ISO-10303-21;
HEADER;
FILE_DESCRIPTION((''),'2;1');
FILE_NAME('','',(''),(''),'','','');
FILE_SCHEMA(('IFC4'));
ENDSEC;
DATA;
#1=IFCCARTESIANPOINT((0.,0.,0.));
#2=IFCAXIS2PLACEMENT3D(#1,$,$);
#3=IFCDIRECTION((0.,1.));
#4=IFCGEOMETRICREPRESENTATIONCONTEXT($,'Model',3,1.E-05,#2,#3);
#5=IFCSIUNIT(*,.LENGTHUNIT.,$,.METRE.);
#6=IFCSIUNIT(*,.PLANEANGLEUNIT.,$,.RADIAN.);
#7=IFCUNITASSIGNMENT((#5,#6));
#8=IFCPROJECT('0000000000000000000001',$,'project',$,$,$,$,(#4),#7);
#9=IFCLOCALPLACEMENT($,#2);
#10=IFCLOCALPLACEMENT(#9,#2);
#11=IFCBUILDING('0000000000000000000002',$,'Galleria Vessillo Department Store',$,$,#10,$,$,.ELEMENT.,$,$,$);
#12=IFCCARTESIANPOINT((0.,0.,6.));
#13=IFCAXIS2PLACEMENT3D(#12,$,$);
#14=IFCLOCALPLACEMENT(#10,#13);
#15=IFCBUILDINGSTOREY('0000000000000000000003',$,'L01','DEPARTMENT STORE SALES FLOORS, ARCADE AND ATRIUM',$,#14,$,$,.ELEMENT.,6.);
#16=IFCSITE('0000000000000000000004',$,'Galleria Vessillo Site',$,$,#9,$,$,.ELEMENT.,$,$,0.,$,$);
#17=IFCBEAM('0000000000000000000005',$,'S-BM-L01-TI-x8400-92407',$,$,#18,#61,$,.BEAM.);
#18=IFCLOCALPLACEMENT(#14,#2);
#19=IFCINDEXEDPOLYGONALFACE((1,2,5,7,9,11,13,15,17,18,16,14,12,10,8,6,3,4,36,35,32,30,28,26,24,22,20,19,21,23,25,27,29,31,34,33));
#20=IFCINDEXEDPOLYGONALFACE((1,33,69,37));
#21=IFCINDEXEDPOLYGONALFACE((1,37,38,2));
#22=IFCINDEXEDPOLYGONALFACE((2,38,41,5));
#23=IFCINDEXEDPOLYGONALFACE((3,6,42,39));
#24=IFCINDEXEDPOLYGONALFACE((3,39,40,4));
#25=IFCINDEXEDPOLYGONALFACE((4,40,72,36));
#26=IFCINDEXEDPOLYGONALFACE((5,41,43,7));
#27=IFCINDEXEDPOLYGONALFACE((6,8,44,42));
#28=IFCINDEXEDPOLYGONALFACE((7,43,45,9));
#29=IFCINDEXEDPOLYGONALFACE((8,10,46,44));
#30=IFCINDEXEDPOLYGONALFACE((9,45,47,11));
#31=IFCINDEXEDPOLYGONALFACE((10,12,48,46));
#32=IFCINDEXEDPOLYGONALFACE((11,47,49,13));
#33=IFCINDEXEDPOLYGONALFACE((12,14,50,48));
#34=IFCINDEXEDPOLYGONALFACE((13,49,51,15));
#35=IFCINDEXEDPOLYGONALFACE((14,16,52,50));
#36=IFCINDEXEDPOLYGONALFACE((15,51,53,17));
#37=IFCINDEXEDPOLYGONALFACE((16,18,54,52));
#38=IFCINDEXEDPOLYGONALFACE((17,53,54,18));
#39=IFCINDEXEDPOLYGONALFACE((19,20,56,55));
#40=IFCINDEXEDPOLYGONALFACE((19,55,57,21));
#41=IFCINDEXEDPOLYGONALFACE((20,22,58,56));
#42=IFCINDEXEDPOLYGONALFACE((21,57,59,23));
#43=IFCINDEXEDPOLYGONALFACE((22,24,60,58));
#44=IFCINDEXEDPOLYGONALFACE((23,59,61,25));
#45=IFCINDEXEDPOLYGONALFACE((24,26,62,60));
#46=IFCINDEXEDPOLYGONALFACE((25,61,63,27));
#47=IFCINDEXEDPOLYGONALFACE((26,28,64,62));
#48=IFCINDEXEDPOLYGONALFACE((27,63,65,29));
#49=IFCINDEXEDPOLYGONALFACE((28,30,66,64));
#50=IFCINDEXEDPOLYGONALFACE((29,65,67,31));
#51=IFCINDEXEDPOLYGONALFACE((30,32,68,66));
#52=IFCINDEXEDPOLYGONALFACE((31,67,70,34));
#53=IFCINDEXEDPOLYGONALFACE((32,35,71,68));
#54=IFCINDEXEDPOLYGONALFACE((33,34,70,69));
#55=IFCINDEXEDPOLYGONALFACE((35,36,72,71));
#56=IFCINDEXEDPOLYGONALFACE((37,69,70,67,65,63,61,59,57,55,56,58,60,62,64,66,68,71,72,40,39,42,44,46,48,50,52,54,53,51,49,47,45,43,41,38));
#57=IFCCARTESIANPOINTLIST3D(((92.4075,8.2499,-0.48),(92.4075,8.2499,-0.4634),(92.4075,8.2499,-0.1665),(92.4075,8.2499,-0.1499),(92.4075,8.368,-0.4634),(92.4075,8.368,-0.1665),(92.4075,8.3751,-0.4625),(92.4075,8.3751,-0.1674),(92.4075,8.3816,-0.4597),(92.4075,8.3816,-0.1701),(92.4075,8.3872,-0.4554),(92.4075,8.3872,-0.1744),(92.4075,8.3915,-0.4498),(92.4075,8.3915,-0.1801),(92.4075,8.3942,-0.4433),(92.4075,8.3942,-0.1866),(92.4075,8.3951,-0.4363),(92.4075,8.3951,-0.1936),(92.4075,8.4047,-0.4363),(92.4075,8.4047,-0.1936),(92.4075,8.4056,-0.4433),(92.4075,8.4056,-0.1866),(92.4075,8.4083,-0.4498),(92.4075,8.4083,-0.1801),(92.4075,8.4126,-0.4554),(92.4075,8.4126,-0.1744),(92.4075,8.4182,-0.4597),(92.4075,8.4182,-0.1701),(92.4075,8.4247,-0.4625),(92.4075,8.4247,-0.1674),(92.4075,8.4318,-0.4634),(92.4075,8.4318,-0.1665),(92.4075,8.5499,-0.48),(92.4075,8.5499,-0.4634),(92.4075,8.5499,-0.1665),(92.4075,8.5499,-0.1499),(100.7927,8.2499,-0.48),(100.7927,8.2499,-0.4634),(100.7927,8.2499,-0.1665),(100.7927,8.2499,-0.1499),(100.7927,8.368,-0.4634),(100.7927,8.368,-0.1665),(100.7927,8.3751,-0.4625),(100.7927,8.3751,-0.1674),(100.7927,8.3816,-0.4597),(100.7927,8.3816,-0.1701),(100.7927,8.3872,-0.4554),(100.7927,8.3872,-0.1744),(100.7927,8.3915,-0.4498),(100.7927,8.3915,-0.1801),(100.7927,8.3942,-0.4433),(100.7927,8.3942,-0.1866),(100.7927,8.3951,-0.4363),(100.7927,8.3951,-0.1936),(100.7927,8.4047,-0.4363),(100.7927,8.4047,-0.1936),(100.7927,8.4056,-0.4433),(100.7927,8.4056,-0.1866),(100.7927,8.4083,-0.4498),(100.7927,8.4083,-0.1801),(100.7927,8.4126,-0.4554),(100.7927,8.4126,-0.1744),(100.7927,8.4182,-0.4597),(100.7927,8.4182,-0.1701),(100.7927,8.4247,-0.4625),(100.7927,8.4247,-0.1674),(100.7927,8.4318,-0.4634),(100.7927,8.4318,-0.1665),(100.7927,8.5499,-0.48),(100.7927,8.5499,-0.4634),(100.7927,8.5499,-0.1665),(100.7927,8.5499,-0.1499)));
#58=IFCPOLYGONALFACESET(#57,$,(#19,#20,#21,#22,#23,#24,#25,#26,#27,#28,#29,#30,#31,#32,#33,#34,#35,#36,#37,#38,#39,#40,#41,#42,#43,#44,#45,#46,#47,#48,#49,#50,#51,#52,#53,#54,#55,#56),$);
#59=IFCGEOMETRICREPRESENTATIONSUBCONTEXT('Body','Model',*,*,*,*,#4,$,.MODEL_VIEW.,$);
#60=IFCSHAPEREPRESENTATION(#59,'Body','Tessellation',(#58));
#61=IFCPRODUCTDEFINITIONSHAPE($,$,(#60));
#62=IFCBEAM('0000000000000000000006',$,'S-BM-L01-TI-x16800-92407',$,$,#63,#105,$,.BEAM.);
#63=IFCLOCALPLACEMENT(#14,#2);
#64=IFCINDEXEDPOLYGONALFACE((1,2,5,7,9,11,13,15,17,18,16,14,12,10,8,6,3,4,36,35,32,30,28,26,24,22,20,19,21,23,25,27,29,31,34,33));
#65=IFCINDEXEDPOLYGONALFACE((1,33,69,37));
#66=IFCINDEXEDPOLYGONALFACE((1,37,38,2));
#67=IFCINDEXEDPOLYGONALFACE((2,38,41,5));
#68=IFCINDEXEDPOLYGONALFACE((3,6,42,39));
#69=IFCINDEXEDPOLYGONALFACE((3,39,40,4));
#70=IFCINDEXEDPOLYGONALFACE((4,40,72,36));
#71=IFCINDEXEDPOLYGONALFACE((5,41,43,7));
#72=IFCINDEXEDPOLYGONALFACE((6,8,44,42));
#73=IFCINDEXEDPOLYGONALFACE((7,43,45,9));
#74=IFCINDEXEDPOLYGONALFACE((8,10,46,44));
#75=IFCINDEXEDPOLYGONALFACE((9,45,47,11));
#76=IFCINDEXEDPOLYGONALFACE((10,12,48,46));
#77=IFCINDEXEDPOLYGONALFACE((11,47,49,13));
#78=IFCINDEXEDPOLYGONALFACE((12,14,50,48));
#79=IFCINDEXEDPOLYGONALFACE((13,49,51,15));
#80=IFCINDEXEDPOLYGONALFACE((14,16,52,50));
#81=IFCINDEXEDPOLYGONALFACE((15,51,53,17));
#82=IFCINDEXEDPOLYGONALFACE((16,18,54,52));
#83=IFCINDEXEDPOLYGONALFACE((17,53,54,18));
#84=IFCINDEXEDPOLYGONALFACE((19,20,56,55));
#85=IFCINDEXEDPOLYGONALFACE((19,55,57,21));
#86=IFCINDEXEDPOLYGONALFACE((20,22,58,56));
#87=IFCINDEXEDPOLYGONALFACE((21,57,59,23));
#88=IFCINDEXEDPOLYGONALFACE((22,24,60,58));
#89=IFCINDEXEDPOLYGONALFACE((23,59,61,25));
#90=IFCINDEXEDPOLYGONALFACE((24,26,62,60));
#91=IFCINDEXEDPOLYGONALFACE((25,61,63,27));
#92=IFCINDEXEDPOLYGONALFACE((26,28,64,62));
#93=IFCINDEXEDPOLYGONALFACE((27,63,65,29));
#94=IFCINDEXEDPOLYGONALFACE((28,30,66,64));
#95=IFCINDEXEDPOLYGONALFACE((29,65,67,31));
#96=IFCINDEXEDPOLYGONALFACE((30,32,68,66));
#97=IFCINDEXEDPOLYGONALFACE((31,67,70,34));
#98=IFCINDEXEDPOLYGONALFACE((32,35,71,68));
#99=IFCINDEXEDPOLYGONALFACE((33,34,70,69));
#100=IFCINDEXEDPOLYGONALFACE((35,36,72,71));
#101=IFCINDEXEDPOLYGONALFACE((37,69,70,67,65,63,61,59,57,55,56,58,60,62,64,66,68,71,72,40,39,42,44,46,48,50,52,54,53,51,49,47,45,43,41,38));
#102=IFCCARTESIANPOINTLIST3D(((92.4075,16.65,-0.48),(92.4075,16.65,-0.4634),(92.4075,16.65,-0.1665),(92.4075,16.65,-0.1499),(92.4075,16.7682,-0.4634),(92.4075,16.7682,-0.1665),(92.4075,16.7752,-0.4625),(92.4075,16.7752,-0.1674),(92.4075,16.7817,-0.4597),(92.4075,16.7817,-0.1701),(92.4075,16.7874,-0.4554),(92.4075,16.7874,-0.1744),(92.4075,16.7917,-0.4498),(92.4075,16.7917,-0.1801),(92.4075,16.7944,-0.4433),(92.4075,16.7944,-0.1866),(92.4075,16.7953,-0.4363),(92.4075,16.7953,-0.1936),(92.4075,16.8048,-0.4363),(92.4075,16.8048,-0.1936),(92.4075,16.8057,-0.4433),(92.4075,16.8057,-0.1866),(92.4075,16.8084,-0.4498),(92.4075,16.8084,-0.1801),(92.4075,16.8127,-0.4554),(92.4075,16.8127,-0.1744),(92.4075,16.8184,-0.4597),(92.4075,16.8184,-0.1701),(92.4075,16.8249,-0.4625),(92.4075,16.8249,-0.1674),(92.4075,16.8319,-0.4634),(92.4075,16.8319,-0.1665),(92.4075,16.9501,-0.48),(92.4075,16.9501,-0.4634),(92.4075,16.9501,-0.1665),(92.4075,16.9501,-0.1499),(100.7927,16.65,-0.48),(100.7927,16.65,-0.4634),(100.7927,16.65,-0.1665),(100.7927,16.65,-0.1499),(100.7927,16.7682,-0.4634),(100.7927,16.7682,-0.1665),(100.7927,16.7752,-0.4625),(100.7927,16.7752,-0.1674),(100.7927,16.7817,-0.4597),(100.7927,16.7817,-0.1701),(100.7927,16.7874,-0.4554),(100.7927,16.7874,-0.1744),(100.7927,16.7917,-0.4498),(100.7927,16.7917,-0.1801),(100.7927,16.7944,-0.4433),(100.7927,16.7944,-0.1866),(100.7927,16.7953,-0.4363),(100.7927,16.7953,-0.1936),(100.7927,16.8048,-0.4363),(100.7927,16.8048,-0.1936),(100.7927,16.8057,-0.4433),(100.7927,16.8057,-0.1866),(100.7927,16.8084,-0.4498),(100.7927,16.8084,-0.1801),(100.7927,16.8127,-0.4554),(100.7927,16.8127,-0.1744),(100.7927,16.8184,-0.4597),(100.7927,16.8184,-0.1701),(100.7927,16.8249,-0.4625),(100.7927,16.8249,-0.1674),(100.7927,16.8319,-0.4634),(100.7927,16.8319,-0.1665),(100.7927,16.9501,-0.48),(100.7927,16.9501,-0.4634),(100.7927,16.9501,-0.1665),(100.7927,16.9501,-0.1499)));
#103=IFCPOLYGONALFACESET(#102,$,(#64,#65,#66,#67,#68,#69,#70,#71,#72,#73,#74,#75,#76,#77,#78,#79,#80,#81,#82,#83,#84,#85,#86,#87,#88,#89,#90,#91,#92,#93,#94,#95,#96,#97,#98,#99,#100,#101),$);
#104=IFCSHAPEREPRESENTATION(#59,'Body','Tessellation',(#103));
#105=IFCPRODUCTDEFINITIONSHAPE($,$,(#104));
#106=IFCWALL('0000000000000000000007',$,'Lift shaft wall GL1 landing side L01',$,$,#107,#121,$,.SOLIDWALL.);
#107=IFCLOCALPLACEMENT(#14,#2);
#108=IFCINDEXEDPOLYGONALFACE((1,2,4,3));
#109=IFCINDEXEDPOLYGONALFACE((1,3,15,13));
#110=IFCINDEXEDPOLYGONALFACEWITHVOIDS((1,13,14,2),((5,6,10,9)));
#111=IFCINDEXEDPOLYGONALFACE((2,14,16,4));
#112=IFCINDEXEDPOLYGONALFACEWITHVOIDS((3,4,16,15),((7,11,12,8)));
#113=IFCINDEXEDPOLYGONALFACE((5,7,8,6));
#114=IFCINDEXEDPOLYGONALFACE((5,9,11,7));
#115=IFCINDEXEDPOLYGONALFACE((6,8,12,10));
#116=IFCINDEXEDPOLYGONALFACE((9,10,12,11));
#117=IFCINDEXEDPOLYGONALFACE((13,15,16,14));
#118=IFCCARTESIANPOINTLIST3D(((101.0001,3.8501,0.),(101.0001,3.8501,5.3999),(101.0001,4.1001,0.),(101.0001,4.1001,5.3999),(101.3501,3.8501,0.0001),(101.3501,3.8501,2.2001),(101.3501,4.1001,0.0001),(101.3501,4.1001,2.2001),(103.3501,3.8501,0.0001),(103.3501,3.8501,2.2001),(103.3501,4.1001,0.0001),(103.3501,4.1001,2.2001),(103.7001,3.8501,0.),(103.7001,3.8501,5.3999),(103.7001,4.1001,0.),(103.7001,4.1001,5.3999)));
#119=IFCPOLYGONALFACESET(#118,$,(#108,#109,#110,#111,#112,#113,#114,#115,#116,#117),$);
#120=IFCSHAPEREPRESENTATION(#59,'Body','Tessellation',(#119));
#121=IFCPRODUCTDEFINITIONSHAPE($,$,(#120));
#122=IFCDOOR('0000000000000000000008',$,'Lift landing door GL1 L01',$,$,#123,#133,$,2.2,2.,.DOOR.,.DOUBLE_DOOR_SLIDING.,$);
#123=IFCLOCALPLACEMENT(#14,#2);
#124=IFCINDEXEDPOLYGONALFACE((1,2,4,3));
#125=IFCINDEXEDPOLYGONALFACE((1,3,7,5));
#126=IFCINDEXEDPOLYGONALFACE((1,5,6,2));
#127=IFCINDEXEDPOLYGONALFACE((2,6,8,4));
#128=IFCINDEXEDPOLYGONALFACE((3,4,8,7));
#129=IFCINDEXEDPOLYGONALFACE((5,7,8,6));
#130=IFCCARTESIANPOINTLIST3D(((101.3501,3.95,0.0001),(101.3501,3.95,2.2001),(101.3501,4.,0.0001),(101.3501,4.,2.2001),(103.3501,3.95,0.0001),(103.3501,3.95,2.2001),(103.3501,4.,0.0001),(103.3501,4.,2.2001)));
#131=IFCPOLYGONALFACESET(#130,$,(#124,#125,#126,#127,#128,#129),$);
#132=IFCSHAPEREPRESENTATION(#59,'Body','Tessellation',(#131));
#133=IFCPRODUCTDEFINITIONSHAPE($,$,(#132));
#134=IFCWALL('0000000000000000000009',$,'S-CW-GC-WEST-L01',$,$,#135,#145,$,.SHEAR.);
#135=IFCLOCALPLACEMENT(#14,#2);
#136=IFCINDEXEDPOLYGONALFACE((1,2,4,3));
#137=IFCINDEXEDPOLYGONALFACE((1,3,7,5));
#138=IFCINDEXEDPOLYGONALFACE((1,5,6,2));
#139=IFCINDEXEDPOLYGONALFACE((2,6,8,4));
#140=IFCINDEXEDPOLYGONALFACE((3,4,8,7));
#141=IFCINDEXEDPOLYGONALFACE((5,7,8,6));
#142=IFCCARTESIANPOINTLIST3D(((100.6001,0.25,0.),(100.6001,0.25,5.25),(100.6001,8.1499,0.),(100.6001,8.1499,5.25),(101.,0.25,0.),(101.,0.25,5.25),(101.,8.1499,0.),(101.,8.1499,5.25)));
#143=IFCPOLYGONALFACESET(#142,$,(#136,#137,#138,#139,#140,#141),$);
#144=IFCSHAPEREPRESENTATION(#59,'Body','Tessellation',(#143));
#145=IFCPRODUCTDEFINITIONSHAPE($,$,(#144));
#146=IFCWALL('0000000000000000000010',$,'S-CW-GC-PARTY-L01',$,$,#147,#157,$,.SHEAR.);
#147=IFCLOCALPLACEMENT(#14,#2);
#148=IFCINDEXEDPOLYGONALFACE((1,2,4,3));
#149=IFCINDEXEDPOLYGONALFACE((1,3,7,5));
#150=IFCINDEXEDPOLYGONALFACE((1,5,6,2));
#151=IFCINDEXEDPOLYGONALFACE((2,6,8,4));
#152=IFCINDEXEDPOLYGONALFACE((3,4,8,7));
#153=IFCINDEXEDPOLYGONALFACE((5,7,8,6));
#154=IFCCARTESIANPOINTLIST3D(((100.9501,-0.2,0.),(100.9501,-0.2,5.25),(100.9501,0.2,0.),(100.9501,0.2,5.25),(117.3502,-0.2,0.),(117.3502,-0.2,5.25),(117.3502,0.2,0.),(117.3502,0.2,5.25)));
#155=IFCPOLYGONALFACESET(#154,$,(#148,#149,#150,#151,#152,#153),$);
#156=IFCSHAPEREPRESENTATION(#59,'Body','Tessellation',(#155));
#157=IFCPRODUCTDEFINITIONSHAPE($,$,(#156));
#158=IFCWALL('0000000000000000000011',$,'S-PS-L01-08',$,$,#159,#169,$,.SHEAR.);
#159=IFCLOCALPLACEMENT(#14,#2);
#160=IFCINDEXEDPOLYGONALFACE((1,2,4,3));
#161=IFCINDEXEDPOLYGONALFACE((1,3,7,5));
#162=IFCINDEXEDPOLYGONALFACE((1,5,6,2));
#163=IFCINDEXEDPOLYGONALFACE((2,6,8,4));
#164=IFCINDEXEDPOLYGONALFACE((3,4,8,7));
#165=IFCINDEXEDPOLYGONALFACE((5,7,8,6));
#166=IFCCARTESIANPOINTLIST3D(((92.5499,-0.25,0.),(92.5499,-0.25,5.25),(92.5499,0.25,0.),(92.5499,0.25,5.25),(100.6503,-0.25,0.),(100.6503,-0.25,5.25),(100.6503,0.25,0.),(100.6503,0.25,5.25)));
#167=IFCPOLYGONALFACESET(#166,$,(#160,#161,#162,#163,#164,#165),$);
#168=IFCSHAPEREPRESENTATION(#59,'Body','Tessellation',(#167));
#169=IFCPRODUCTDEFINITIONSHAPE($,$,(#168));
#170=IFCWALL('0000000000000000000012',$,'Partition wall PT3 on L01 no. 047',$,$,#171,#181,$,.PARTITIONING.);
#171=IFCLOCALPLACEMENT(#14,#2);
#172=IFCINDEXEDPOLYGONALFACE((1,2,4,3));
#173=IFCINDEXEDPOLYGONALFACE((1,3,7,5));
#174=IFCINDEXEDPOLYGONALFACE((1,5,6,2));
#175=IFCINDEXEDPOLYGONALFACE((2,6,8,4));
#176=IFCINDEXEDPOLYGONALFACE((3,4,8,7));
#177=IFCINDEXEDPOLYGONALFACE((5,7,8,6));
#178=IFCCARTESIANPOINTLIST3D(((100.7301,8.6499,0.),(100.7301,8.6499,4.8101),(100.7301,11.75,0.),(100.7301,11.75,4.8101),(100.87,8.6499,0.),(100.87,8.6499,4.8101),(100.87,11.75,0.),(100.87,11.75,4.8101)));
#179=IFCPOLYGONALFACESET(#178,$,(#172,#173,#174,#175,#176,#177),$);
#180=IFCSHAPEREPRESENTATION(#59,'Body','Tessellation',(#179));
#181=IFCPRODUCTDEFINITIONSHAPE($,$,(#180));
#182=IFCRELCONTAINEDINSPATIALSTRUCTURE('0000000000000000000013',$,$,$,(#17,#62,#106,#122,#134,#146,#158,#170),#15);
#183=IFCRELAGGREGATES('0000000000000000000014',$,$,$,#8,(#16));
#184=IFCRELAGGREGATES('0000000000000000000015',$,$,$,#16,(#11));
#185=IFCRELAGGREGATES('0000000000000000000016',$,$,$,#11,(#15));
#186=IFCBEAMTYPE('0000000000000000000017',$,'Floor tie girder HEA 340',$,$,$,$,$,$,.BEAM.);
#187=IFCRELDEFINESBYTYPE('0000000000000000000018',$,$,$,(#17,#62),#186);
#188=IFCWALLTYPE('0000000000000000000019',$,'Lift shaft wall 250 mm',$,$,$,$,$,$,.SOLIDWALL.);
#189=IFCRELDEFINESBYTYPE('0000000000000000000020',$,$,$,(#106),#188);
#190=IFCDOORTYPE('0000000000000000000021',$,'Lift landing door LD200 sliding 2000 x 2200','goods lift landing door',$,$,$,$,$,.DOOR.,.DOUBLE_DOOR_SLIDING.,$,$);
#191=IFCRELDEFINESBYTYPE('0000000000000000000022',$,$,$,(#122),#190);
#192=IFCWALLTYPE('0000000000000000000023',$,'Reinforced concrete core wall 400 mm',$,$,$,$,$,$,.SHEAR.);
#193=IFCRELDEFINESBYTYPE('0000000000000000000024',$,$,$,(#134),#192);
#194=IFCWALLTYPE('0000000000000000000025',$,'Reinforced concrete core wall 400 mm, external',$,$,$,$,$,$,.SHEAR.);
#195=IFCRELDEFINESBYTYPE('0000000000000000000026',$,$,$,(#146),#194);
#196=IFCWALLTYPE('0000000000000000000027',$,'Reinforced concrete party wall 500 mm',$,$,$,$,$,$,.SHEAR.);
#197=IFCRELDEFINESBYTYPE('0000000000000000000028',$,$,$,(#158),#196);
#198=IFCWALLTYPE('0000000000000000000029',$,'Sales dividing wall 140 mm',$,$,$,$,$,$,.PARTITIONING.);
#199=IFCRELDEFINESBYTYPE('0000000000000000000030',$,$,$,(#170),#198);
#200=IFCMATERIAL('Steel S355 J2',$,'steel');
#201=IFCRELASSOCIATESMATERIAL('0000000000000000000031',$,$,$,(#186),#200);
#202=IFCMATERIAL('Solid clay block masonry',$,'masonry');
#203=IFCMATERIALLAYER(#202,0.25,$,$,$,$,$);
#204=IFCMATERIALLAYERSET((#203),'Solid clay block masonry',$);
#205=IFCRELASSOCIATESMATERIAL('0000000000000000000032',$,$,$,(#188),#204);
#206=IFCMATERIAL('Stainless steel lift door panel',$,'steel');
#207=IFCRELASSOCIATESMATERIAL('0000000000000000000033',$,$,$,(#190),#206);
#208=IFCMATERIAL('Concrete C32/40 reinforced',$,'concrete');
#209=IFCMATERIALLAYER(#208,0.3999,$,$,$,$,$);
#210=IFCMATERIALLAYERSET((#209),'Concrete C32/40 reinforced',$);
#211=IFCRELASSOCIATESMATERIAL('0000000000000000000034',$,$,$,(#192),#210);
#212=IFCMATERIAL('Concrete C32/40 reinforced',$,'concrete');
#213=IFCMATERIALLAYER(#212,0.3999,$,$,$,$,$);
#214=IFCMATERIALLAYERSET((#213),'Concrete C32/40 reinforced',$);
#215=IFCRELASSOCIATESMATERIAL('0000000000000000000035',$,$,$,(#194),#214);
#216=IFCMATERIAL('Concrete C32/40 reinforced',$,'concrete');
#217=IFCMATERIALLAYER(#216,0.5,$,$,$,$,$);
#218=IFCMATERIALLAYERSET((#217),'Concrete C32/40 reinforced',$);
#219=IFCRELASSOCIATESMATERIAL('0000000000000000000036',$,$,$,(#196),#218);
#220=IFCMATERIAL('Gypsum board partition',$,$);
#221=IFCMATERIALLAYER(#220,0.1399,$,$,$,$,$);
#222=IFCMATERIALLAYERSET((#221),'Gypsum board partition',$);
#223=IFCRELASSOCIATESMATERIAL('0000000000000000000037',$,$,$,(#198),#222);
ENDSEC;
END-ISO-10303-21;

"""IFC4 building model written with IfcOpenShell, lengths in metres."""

from ifc_helpers import new_model, si_unit, direction, frame, frame_2d, origin, origin_2d, place, context, subcontext, project, spatial, rectangle, i_section, extrude, material, layer, layer_set, material_profile, profile_set, type_object, element, fill, save


model = new_model("IFC4")

# Units and contexts
model_context = context("Model", 3, precision=1e-05, world=origin(), true_north=direction((0.0, 1.0)))
body_context = subcontext(model_context, "Body", "Model", "MODEL_VIEW")
ifc_project = project(units=[si_unit("LENGTHUNIT", "METRE"), si_unit("PLANEANGLEUNIT", "RADIAN")], contexts=[model_context])

# Site, building, storey
site_placement = place(None, origin())
site = spatial("IfcSite", under=ifc_project, at=site_placement, Name="Galleria Vessillo Site", CompositionType="ELEMENT", RefElevation=0.0)
building_placement = place(site_placement, origin())
building = spatial("IfcBuilding", under=site, at=building_placement, Name="Galleria Vessillo Department Store", CompositionType="ELEMENT")
storey_placement = place(building_placement, frame((0.0, 0.0, 6.0)))
storey = spatial("IfcBuildingStorey", under=building, at=storey_placement, Name="L01", Description="DEPARTMENT STORE SALES FLOORS, ARCADE AND ATRIUM", CompositionType="ELEMENT", Elevation=6.0)

# Beams
ifc_material_1 = material(Name="Steel S355 J2", Category="steel")
ifc_material_profile_1 = material_profile(ifc_material_1, i_section(OverallWidth=0.3, OverallDepth=0.3301, WebThickness=0.0095, FlangeThickness=0.0166, FilletRadius=0.0271, at=origin_2d()), Name="HEA 340")
ifc_profile_set_1 = profile_set([ifc_material_profile_1], Name="Steel S355 J2")
beam_type_1 = type_object("IfcBeamType", Name="Floor tie girder HEA 340", PredefinedType="BEAM", material=ifc_profile_set_1)
for number, where, z_axis, x_axis, name in (
    (1, (92.4075, 8.3999, -0.3149), (1.0, 0.0, 0.0), (0.0, 1.0, 0.0), "S-BM-L01-TI-x8400-92407"),
    (2, (92.4075, 16.8, -0.3149), (1.0, 0.0, 0.0), (0.0, 1.0, 0.0), "S-BM-L01-TI-x16800-92407"),
):
    element("IfcBeam", number, at=place(storey_placement, frame(where, z_axis=z_axis, x_axis=x_axis)), inside=storey, type_object=beam_type_1, Name=name, PredefinedType="BEAM", context=body_context, shape_type="SweptSolid", body=[
        extrude(i_section(OverallWidth=0.3, OverallDepth=0.3301, WebThickness=0.0095, FlangeThickness=0.0166, FilletRadius=0.0271, at=origin_2d()), origin(), (0.0, 0.0, 1.0), 8.3853),
    ])

# Wall, opening, door
ifc_material_2 = material(Name="Solid clay block masonry", Category="masonry")
ifc_layer_1 = layer(ifc_material_2, 0.25)
ifc_layer_set_1 = layer_set([ifc_layer_1], Name="Solid clay block masonry")
wall_type_1 = type_object("IfcWallType", Name="Lift shaft wall 250 mm", PredefinedType="SOLIDWALL", material=ifc_layer_set_1)
wall_1_placement = place(storey_placement, frame((101.0, 3.9751, 0.0), z_axis=(0.0, 0.0, 1.0), x_axis=(1.0, 0.0, 0.0)))
wall_1 = element("IfcWall", 3, at=wall_1_placement, inside=storey, type_object=wall_type_1, Name="Lift shaft wall GL1 landing side L01", PredefinedType="SOLIDWALL", context=body_context, shape_type="SweptSolid", body=[
    extrude(rectangle(XDim=2.7, YDim=0.25, at=frame_2d((1.3501, 0.0))), origin(), (0.0, 0.0, 1.0), 5.3999),
])
opening_1_placement = place(wall_1_placement, frame((0.3501, 0.0, 0.0)))
opening_1 = element("IfcOpeningElement", 4, at=opening_1_placement, cuts=wall_1, PredefinedType="OPENING", context=body_context, shape_type="SweptSolid", body=[
    extrude(rectangle(XDim=2.0, YDim=2.2, at=frame_2d((1.0, 1.1001))), frame((0.0, 0.135, 0.0), z_axis=(0.0, -1.0, 0.0), x_axis=(1.0, 0.0, 0.0)), (0.0, 0.0, 1.0), 0.27),
])
ifc_material_3 = material(Name="Stainless steel lift door panel", Category="steel")
door_type_1 = type_object("IfcDoorType", Name="Lift landing door LD200 sliding 2000 x 2200", Description="goods lift landing door", OperationType="DOUBLE_DOOR_SLIDING", PredefinedType="DOOR", material=ifc_material_3)
door_1_placement = place(opening_1_placement, origin())
door_1 = element("IfcDoor", 5, at=door_1_placement, inside=storey, type_object=door_type_1, Name="Lift landing door GL1 L01", OperationType="DOUBLE_DOOR_SLIDING", OverallHeight=2.2, OverallWidth=2.0, PredefinedType="DOOR", context=body_context, shape_type="SweptSolid", body=[
    extrude(rectangle(XDim=2.0, YDim=2.2, at=frame_2d((1.0, 1.1001))), frame((0.0, 0.0249, 0.0), z_axis=(0.0, -1.0, 0.0), x_axis=(1.0, 0.0, 0.0)), (0.0, 0.0, 1.0), 0.05),
])
fill(opening_1, door_1)

# Shared definitions
ifc_material_4 = material(Name="Concrete C32/40 reinforced", Category="concrete")
ifc_layer_2 = layer(ifc_material_4, 0.3999)
ifc_layer_set_2 = layer_set([ifc_layer_2], Name="Concrete C32/40 reinforced")
wall_type_2 = type_object("IfcWallType", Name="Reinforced concrete core wall 400 mm", PredefinedType="SHEAR", material=ifc_layer_set_2)

# Walls
wall_2_placement = place(storey_placement, frame((100.8, 0.25, 0.0), z_axis=(0.0, 0.0, 1.0), x_axis=(0.0, 1.0, 0.0)))
element("IfcWall", 6, at=wall_2_placement, inside=storey, type_object=wall_type_2, Name="S-CW-GC-WEST-L01", PredefinedType="SHEAR", context=body_context, shape_type="SweptSolid", body=[
    extrude(rectangle(XDim=7.8999, YDim=0.3999, at=frame_2d((3.95, 0.0))), origin(), (0.0, 0.0, 1.0), 5.25),
])
ifc_material_5 = material(Name="Concrete C32/40 reinforced", Category="concrete")
ifc_layer_3 = layer(ifc_material_5, 0.3999)
ifc_layer_set_3 = layer_set([ifc_layer_3], Name="Concrete C32/40 reinforced")
wall_type_3 = type_object("IfcWallType", Name="Reinforced concrete core wall 400 mm, external", PredefinedType="SHEAR", material=ifc_layer_set_3)
wall_3_placement = place(storey_placement, frame((100.95, 0.0, 0.0), z_axis=(0.0, 0.0, 1.0), x_axis=(1.0, 0.0, 0.0)))
element("IfcWall", 7, at=wall_3_placement, inside=storey, type_object=wall_type_3, Name="S-CW-GC-PARTY-L01", PredefinedType="SHEAR", context=body_context, shape_type="SweptSolid", body=[
    extrude(rectangle(XDim=16.4001, YDim=0.3999, at=frame_2d((8.2002, 0.0))), origin(), (0.0, 0.0, 1.0), 5.25),
])
ifc_material_6 = material(Name="Concrete C32/40 reinforced", Category="concrete")
ifc_layer_4 = layer(ifc_material_6, 0.5)
ifc_layer_set_4 = layer_set([ifc_layer_4], Name="Concrete C32/40 reinforced")
wall_type_4 = type_object("IfcWallType", Name="Reinforced concrete party wall 500 mm", PredefinedType="SHEAR", material=ifc_layer_set_4)
wall_4_placement = place(storey_placement, frame((92.5498, 0.0, 0.0), z_axis=(0.0, 0.0, 1.0), x_axis=(1.0, 0.0, 0.0)))
element("IfcWall", 8, at=wall_4_placement, inside=storey, type_object=wall_type_4, Name="S-PS-L01-08", PredefinedType="SHEAR", context=body_context, shape_type="SweptSolid", body=[
    extrude(rectangle(XDim=8.1003, YDim=0.5, at=frame_2d((4.0503, 0.0))), origin(), (0.0, 0.0, 1.0), 5.25),
])
ifc_material_7 = material(Name="Gypsum board partition")
ifc_layer_5 = layer(ifc_material_7, 0.1399)
ifc_layer_set_5 = layer_set([ifc_layer_5], Name="Gypsum board partition")
wall_type_5 = type_object("IfcWallType", Name="Sales dividing wall 140 mm", PredefinedType="PARTITIONING", material=ifc_layer_set_5)
wall_5_placement = place(storey_placement, frame((100.8, 8.6499, 0.0), z_axis=(0.0, 0.0, 1.0), x_axis=(0.0, 1.0, 0.0)))
element("IfcWall", 9, at=wall_5_placement, inside=storey, type_object=wall_type_5, Name="Partition wall PT3 on L01 no. 047", PredefinedType="PARTITIONING", context=body_context, shape_type="SweptSolid", body=[
    extrude(rectangle(XDim=3.1001, YDim=0.1399, at=frame_2d((1.55, 0.0))), origin(), (0.0, 0.0, 1.0), 4.8101),
])

save(model, "model.ifc")
